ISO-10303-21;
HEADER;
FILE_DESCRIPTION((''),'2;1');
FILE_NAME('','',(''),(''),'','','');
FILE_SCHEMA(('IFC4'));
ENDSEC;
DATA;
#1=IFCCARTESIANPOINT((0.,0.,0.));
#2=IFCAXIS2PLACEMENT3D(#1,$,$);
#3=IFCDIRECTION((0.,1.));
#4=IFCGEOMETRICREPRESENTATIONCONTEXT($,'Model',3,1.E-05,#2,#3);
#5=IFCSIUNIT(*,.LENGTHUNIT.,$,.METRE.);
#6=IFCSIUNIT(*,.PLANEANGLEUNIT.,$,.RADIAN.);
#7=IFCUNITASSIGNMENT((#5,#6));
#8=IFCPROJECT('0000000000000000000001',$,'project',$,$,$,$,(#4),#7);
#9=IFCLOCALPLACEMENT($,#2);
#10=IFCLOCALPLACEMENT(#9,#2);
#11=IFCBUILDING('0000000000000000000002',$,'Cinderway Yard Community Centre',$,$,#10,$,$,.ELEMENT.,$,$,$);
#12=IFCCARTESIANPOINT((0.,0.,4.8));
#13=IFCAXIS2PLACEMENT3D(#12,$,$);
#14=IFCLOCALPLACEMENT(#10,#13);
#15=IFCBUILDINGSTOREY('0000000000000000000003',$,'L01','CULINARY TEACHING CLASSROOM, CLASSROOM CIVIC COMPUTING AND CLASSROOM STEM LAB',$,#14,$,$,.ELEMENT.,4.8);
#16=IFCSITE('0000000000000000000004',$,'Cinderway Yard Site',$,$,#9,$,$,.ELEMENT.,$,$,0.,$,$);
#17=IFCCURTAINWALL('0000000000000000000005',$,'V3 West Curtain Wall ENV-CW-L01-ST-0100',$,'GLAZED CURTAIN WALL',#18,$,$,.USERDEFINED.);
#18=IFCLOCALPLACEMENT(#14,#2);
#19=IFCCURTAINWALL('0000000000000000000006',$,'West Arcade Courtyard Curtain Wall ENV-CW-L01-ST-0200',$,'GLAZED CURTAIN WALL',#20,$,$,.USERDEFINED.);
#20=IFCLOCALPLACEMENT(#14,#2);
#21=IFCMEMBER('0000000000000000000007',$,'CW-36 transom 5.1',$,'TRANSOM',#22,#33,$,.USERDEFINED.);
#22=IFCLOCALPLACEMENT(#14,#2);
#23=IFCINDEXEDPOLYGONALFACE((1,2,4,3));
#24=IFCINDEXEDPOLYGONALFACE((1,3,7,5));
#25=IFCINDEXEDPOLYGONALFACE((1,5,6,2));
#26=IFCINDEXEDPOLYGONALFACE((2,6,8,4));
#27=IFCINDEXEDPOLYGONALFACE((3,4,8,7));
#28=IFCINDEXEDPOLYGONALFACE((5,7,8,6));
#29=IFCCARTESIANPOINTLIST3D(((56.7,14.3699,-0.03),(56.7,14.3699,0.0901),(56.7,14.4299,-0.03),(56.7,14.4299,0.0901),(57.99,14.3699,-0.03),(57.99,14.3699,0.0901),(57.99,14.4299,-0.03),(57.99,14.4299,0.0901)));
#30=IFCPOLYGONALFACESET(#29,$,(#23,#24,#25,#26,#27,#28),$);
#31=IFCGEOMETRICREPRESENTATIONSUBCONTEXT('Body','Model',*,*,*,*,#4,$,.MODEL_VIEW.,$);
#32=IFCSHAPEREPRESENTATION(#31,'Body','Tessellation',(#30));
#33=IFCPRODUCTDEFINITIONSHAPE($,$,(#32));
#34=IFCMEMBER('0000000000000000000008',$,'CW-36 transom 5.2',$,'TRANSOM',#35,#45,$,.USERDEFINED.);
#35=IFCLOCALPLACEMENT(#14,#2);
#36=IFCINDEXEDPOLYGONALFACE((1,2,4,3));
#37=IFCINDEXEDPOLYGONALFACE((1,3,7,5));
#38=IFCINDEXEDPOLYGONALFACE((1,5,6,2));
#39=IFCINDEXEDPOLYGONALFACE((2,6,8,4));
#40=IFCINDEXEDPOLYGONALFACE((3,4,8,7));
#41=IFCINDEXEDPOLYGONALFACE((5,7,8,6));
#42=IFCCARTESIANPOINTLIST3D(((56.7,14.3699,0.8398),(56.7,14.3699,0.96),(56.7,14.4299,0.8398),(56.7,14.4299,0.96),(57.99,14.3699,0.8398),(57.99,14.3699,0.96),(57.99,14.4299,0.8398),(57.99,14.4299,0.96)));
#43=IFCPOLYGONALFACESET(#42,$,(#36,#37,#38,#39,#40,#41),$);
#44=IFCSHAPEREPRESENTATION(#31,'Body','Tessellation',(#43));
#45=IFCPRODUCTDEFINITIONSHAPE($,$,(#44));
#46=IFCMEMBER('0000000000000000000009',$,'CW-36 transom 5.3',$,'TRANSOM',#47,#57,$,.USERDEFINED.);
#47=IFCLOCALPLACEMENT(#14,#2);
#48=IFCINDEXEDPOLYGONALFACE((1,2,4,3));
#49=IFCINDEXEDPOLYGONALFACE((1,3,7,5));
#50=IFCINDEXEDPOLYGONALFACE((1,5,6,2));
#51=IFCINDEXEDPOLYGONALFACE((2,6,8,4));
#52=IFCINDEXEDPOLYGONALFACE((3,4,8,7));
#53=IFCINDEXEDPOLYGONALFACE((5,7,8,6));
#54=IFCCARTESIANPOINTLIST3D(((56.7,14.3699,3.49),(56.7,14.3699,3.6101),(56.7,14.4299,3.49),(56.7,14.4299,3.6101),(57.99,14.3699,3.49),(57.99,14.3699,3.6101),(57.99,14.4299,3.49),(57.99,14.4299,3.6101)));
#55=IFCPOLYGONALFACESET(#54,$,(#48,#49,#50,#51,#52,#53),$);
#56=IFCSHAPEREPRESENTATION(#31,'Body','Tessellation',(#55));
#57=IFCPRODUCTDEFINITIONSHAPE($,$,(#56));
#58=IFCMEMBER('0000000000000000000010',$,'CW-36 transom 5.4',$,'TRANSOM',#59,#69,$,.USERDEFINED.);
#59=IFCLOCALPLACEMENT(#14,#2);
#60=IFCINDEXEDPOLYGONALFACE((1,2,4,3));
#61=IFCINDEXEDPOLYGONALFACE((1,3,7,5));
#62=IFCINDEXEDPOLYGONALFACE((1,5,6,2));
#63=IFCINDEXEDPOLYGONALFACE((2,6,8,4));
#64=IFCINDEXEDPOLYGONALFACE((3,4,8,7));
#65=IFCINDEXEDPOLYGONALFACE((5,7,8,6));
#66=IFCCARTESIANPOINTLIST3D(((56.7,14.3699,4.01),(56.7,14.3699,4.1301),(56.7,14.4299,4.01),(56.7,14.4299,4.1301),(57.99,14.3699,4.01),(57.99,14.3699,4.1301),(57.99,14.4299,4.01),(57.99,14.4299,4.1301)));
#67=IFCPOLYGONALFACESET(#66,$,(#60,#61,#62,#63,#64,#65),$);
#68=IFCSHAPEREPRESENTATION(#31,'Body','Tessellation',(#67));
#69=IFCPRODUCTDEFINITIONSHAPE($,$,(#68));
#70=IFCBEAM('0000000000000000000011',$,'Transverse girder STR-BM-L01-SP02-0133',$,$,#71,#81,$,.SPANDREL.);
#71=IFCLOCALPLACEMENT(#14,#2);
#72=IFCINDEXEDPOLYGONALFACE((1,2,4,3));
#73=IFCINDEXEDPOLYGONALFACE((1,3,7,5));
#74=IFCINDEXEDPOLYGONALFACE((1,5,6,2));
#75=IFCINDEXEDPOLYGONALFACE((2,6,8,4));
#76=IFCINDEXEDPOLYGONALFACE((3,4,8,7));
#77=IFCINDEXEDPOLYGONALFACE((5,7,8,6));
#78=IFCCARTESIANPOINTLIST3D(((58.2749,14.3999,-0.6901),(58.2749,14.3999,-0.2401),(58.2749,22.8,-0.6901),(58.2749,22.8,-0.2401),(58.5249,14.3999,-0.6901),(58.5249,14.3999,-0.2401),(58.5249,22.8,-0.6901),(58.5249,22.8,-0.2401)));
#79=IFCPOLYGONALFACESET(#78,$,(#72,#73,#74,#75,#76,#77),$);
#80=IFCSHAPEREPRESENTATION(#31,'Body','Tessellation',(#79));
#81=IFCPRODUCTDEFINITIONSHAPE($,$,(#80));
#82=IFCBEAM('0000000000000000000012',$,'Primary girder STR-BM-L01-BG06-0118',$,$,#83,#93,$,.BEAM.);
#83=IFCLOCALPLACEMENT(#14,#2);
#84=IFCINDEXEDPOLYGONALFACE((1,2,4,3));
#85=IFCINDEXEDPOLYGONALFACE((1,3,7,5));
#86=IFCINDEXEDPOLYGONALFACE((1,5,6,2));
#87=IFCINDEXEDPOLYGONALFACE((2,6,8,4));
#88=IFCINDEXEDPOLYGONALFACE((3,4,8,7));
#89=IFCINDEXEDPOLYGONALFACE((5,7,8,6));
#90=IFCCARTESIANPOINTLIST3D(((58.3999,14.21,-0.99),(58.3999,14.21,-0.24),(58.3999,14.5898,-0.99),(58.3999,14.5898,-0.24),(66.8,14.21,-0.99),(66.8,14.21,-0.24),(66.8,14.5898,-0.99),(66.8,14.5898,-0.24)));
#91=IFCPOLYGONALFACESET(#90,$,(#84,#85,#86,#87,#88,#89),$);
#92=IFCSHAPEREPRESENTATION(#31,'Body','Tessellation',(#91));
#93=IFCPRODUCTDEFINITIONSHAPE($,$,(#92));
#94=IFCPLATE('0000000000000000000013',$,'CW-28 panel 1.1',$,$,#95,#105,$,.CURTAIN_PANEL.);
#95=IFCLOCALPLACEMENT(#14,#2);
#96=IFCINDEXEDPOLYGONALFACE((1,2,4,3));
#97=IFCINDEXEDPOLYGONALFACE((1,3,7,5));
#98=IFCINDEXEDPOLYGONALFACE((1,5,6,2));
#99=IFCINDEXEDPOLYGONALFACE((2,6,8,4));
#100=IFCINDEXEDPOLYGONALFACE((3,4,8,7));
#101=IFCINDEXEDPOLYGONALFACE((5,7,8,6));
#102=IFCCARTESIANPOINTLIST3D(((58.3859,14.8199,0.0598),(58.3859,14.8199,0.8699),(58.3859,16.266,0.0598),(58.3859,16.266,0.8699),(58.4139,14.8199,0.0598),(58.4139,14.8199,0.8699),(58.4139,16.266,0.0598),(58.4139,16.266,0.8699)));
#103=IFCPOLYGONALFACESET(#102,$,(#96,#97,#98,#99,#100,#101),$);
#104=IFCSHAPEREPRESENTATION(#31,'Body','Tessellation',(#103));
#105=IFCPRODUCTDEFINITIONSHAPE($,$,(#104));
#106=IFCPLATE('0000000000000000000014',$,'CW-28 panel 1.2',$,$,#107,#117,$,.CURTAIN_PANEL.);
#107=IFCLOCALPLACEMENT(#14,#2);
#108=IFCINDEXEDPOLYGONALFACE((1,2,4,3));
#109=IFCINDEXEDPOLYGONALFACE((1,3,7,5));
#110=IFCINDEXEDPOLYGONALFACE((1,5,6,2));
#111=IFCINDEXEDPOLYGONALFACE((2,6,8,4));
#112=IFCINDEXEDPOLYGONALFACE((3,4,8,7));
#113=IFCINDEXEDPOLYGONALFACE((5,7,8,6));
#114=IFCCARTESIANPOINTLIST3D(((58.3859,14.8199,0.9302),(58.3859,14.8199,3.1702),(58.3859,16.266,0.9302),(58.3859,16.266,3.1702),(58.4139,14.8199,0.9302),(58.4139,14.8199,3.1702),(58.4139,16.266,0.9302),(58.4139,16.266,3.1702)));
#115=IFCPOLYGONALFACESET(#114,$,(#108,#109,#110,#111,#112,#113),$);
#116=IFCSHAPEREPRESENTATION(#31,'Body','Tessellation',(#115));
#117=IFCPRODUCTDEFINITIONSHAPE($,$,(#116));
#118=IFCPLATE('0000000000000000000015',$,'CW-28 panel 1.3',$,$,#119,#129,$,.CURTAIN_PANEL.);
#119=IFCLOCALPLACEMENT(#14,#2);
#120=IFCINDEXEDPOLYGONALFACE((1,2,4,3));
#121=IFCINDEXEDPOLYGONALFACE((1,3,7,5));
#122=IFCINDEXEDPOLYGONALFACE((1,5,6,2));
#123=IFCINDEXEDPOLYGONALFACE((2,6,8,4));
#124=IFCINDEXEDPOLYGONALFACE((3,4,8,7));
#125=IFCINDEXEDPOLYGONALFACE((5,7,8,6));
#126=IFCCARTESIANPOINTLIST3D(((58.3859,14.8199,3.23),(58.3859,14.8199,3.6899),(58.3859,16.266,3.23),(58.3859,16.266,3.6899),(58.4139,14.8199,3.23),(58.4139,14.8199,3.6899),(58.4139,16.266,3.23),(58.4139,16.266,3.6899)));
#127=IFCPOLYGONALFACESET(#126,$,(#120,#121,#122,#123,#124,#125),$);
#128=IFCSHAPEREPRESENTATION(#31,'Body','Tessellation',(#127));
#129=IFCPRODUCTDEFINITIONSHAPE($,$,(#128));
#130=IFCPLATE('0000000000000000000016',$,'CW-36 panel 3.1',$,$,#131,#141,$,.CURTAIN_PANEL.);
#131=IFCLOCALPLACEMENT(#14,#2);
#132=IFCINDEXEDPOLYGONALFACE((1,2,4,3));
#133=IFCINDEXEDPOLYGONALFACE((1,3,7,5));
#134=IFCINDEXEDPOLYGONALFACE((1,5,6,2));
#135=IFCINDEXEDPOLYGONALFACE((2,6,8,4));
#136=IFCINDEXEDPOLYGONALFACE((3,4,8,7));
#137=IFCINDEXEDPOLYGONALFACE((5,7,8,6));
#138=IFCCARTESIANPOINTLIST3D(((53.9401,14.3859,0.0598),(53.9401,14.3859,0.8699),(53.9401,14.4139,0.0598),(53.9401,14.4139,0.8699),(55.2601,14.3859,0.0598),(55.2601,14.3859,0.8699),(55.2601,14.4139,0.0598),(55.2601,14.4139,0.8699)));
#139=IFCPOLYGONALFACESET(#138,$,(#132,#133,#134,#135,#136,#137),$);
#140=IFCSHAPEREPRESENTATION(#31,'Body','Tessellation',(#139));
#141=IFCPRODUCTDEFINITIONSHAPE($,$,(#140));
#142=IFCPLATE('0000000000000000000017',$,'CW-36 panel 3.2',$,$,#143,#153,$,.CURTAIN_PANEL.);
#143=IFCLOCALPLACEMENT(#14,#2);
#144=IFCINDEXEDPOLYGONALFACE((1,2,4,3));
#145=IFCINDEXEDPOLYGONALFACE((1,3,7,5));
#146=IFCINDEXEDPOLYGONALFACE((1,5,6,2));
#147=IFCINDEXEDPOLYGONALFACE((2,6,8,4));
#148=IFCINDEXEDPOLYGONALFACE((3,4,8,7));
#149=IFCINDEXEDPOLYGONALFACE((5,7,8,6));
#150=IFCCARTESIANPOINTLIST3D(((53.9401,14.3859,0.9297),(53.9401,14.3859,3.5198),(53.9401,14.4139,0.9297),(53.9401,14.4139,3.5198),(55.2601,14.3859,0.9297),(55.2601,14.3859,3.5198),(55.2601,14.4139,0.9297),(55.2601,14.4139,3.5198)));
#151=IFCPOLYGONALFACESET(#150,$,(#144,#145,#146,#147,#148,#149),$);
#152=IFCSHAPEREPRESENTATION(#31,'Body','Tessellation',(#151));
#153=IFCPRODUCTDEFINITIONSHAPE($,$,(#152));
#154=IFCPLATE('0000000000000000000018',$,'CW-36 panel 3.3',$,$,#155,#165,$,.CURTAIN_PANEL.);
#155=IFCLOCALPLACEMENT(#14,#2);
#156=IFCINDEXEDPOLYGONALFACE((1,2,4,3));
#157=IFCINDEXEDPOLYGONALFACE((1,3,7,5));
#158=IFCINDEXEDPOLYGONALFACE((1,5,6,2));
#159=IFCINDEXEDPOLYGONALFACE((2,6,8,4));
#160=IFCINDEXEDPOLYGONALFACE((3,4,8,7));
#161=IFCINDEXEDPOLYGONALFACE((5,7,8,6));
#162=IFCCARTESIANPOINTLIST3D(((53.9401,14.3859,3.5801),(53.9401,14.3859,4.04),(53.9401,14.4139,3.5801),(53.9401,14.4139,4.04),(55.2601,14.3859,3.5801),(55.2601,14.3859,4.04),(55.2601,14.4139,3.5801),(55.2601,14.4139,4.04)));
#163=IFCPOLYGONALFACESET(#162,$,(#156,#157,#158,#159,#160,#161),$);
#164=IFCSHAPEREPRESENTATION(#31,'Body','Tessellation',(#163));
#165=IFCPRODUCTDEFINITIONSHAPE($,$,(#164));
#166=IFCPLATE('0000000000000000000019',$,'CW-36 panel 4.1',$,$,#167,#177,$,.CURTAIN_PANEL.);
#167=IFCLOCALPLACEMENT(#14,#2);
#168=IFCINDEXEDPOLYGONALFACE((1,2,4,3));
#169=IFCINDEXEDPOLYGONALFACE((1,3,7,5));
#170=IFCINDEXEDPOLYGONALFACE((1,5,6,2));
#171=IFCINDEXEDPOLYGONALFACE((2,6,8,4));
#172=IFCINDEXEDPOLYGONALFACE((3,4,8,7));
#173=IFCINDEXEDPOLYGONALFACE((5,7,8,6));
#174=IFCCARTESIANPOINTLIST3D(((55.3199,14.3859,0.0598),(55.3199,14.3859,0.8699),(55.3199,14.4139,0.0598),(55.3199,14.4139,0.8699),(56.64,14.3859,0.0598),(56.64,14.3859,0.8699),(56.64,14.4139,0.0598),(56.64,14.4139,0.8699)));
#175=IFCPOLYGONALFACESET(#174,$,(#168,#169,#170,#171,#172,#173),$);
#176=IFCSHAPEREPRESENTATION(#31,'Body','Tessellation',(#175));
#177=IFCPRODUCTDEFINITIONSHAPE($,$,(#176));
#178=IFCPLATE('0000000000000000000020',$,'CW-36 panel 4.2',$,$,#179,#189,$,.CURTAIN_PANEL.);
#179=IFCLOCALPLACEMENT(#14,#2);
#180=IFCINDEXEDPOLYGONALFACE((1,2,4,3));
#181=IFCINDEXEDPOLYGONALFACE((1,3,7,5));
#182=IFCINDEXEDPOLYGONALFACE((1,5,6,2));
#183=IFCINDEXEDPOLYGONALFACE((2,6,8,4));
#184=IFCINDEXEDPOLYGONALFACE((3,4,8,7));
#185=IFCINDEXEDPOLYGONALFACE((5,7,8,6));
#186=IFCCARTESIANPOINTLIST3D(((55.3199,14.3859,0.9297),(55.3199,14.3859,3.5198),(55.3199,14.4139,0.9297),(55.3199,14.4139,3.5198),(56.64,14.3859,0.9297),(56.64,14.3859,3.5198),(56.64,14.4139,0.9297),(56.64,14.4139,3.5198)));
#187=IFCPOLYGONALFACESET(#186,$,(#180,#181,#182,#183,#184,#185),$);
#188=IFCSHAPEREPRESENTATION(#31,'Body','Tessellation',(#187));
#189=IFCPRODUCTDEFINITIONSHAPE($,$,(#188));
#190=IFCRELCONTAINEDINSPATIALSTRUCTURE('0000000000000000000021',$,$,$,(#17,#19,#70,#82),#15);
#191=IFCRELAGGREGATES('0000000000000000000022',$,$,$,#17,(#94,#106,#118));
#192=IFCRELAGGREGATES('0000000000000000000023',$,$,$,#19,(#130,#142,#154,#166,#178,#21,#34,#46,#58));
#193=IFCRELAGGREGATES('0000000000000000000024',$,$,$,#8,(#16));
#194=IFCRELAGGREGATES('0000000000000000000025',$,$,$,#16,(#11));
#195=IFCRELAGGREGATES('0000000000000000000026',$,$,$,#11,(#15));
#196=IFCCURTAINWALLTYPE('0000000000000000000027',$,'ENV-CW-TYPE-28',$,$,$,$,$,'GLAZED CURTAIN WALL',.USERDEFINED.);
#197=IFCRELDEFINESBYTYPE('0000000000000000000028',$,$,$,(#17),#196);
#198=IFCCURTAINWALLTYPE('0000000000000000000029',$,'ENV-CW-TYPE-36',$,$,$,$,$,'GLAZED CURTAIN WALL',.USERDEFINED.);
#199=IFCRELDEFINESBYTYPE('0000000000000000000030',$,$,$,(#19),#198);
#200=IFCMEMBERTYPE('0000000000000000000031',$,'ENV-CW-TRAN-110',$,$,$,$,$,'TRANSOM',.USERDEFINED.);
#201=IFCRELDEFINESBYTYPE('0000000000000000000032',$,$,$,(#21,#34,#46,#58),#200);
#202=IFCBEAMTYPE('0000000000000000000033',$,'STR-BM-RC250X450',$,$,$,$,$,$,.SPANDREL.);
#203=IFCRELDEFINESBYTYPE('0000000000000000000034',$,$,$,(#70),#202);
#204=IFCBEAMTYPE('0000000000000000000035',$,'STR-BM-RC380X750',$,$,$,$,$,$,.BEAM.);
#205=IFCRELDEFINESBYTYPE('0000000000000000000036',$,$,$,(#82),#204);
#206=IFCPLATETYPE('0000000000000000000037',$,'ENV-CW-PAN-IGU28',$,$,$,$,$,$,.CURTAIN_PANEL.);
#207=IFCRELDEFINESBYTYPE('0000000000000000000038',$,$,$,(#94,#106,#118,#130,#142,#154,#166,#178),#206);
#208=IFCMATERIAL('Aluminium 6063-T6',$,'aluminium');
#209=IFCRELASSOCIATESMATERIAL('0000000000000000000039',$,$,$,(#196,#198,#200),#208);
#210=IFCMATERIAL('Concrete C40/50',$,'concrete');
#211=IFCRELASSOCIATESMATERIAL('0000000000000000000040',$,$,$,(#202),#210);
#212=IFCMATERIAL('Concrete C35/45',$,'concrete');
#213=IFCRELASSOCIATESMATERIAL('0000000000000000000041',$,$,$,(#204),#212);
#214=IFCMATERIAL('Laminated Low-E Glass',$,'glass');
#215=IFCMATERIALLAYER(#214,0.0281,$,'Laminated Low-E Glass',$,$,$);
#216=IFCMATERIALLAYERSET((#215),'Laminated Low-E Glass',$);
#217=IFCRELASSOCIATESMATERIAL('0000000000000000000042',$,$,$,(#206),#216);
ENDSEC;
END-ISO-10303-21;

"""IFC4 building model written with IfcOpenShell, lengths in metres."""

from ifc_helpers import new_model, si_unit, direction, frame, origin, origin_2d, place, context, subcontext, project, spatial, rectangle, extrude, material, layer, layer_set, material_profile, profile_set, type_object, element, aggregate, save


model = new_model("IFC4")

# Units and contexts
model_context = context("Model", 3, precision=1e-05, world=origin(), true_north=direction((0.0, 1.0)))
body_context = subcontext(model_context, "Body", "Model", "MODEL_VIEW")
ifc_project = project(units=[si_unit("LENGTHUNIT", "METRE"), si_unit("PLANEANGLEUNIT", "RADIAN")], contexts=[model_context])

# Site, building, storey
site_placement = place(None, origin())
site = spatial("IfcSite", under=ifc_project, at=site_placement, Name="Cinderway Yard Site", CompositionType="ELEMENT", RefElevation=0.0)
building_placement = place(site_placement, origin())
building = spatial("IfcBuilding", under=site, at=building_placement, Name="Cinderway Yard Community Centre", CompositionType="ELEMENT")
storey_placement = place(building_placement, frame((0.0, 0.0, 4.8)))
storey = spatial("IfcBuildingStorey", under=building, at=storey_placement, Name="L01", Description="CULINARY TEACHING CLASSROOM, CLASSROOM CIVIC COMPUTING AND CLASSROOM STEM LAB", CompositionType="ELEMENT", Elevation=4.8)

# Shared definitions
ifc_material_1 = material(Name="Concrete C40/50", Category="concrete")

# Curtain wall
ifc_material_2 = material(Name="Aluminium 6063-T6", Category="aluminium")
curtain_wall_type_1 = type_object("IfcCurtainWallType", Name="ENV-CW-TYPE-28", ElementType="GLAZED CURTAIN WALL", PredefinedType="USERDEFINED", material=ifc_material_2)
curtain_wall_1_placement = place(storey_placement, origin())
curtain_wall_1 = element("IfcCurtainWall", 1, at=curtain_wall_1_placement, inside=storey, type_object=curtain_wall_type_1, Name="V3 West Curtain Wall ENV-CW-L01-ST-0100", ObjectType="GLAZED CURTAIN WALL", PredefinedType="USERDEFINED")

# Curtain wall
curtain_wall_type_2 = type_object("IfcCurtainWallType", Name="ENV-CW-TYPE-36", ElementType="GLAZED CURTAIN WALL", PredefinedType="USERDEFINED", material=ifc_material_2)
curtain_wall_2_placement = place(storey_placement, origin())
curtain_wall_2 = element("IfcCurtainWall", 2, at=curtain_wall_2_placement, inside=storey, type_object=curtain_wall_type_2, Name="West Arcade Courtyard Curtain Wall ENV-CW-L01-ST-0200", ObjectType="GLAZED CURTAIN WALL", PredefinedType="USERDEFINED")

# Members
ifc_material_profile_1 = material_profile(ifc_material_2, rectangle(XDim=0.0601, YDim=0.1201, at=origin_2d()), Name="Aluminium 6063-T6")
ifc_profile_set_1 = profile_set([ifc_material_profile_1], Name="Aluminium 6063-T6")
member_type_1 = type_object("IfcMemberType", Name="ENV-CW-TRAN-110", ElementType="TRANSOM", PredefinedType="USERDEFINED", material=ifc_profile_set_1)
member_1_placement = place(storey_placement, frame((56.7, 14.3999, 0.03), z_axis=(1.0, 0.0, 0.0), x_axis=(0.0, 1.0, 0.0)))
member_1 = element("IfcMember", 3, at=member_1_placement, type_object=member_type_1, Name="CW-36 transom 5.1", ObjectType="TRANSOM", PredefinedType="USERDEFINED", context=body_context, shape_type="SweptSolid", body=[
    extrude(rectangle(XDim=0.0601, YDim=0.1201, at=origin_2d()), origin(), (0.0, 0.0, 1.0), 1.29),
])
member_2_placement = place(storey_placement, frame((56.7, 14.3999, 0.8999), z_axis=(1.0, 0.0, 0.0), x_axis=(0.0, 1.0, 0.0)))
member_2 = element("IfcMember", 4, at=member_2_placement, type_object=member_type_1, Name="CW-36 transom 5.2", ObjectType="TRANSOM", PredefinedType="USERDEFINED", context=body_context, shape_type="SweptSolid", body=[
    extrude(rectangle(XDim=0.0601, YDim=0.1201, at=origin_2d()), origin(), (0.0, 0.0, 1.0), 1.29),
])
member_3_placement = place(storey_placement, frame((56.7, 14.3999, 3.55), z_axis=(1.0, 0.0, 0.0), x_axis=(0.0, 1.0, 0.0)))
member_3 = element("IfcMember", 5, at=member_3_placement, type_object=member_type_1, Name="CW-36 transom 5.3", ObjectType="TRANSOM", PredefinedType="USERDEFINED", context=body_context, shape_type="SweptSolid", body=[
    extrude(rectangle(XDim=0.0601, YDim=0.1201, at=origin_2d()), origin(), (0.0, 0.0, 1.0), 1.29),
])
member_4_placement = place(storey_placement, frame((56.7, 14.3999, 4.0701), z_axis=(1.0, 0.0, 0.0), x_axis=(0.0, 1.0, 0.0)))
member_4 = element("IfcMember", 6, at=member_4_placement, type_object=member_type_1, Name="CW-36 transom 5.4", ObjectType="TRANSOM", PredefinedType="USERDEFINED", context=body_context, shape_type="SweptSolid", body=[
    extrude(rectangle(XDim=0.0601, YDim=0.1201, at=origin_2d()), origin(), (0.0, 0.0, 1.0), 1.29),
])

# Beams
ifc_material_profile_2 = material_profile(ifc_material_1, rectangle(XDim=0.25, YDim=0.45, at=origin_2d()), Name="Concrete C40/50")
ifc_profile_set_2 = profile_set([ifc_material_profile_2], Name="Concrete C40/50")
beam_type_1 = type_object("IfcBeamType", Name="STR-BM-RC250X450", PredefinedType="SPANDREL", material=ifc_profile_set_2)
beam_1_placement = place(storey_placement, frame((58.3999, 14.3999, -0.4651), z_axis=(0.0, 1.0, 0.0), x_axis=(-1.0, 0.0, 0.0)))
element("IfcBeam", 7, at=beam_1_placement, inside=storey, type_object=beam_type_1, Name="Transverse girder STR-BM-L01-SP02-0133", PredefinedType="SPANDREL", context=body_context, shape_type="SweptSolid", body=[
    extrude(rectangle(XDim=0.25, YDim=0.45, at=origin_2d()), origin(), (0.0, 0.0, 1.0), 8.4001),
])
ifc_material_3 = material(Name="Concrete C35/45", Category="concrete")
ifc_material_profile_3 = material_profile(ifc_material_3, rectangle(XDim=0.3799, YDim=0.75, at=origin_2d()), Name="Concrete C35/45")
ifc_profile_set_3 = profile_set([ifc_material_profile_3], Name="Concrete C35/45")
beam_type_2 = type_object("IfcBeamType", Name="STR-BM-RC380X750", PredefinedType="BEAM", material=ifc_profile_set_3)
beam_2_placement = place(storey_placement, frame((58.3999, 14.3999, -0.615), z_axis=(1.0, 0.0, 0.0), x_axis=(0.0, 1.0, 0.0)))
element("IfcBeam", 8, at=beam_2_placement, inside=storey, type_object=beam_type_2, Name="Primary girder STR-BM-L01-BG06-0118", PredefinedType="BEAM", context=body_context, shape_type="SweptSolid", body=[
    extrude(rectangle(XDim=0.3799, YDim=0.75, at=origin_2d()), origin(), (0.0, 0.0, 1.0), 8.4001),
])

# Plates
ifc_material_4 = material(Name="Laminated Low-E Glass", Category="glass")
ifc_layer = layer(ifc_material_4, 0.0281, Name="Laminated Low-E Glass")
ifc_layer_set = layer_set([ifc_layer], Name="Laminated Low-E Glass")
plate_type = type_object("IfcPlateType", Name="ENV-CW-PAN-IGU28", PredefinedType="CURTAIN_PANEL", material=ifc_layer_set)
plate_1_placement = place(storey_placement, frame((58.3999, 15.543, 0.0598), z_axis=(0.0, 0.0, 1.0), x_axis=(0.0, 1.0, 0.0)))
plate_1 = element("IfcPlate", 9, at=plate_1_placement, type_object=plate_type, Name="CW-28 panel 1.1", PredefinedType="CURTAIN_PANEL", context=body_context, shape_type="SweptSolid", body=[
    extrude(rectangle(XDim=1.446, YDim=0.0281, at=origin_2d()), origin(), (0.0, 0.0, 1.0), 0.8101),
])
plate_2_placement = place(storey_placement, frame((58.3999, 15.543, 0.9302), z_axis=(0.0, 0.0, 1.0), x_axis=(0.0, 1.0, 0.0)))
plate_2 = element("IfcPlate", 10, at=plate_2_placement, type_object=plate_type, Name="CW-28 panel 1.2", PredefinedType="CURTAIN_PANEL", context=body_context, shape_type="SweptSolid", body=[
    extrude(rectangle(XDim=1.446, YDim=0.0281, at=origin_2d()), origin(), (0.0, 0.0, 1.0), 2.24),
])
plate_3_placement = place(storey_placement, frame((58.3999, 15.543, 3.23), z_axis=(0.0, 0.0, 1.0), x_axis=(0.0, 1.0, 0.0)))
plate_3 = element("IfcPlate", 11, at=plate_3_placement, type_object=plate_type, Name="CW-28 panel 1.3", PredefinedType="CURTAIN_PANEL", context=body_context, shape_type="SweptSolid", body=[
    extrude(rectangle(XDim=1.446, YDim=0.0281, at=origin_2d()), origin(), (0.0, 0.0, 1.0), 0.46),
])
aggregate(curtain_wall_1, [plate_1, plate_2, plate_3])
plate_4_placement = place(storey_placement, frame((54.6001, 14.3999, 0.0598), z_axis=(0.0, 0.0, 1.0), x_axis=(1.0, 0.0, 0.0)))
plate_4 = element("IfcPlate", 12, at=plate_4_placement, type_object=plate_type, Name="CW-36 panel 3.1", PredefinedType="CURTAIN_PANEL", context=body_context, shape_type="SweptSolid", body=[
    extrude(rectangle(XDim=1.3201, YDim=0.0281, at=origin_2d()), origin(), (0.0, 0.0, 1.0), 0.8101),
])
plate_5_placement = place(storey_placement, frame((54.6001, 14.3999, 0.9297), z_axis=(0.0, 0.0, 1.0), x_axis=(1.0, 0.0, 0.0)))
plate_5 = element("IfcPlate", 13, at=plate_5_placement, type_object=plate_type, Name="CW-36 panel 3.2", PredefinedType="CURTAIN_PANEL", context=body_context, shape_type="SweptSolid", body=[
    extrude(rectangle(XDim=1.3201, YDim=0.0281, at=origin_2d()), origin(), (0.0, 0.0, 1.0), 2.5901),
])
plate_6_placement = place(storey_placement, frame((54.6001, 14.3999, 3.5801), z_axis=(0.0, 0.0, 1.0), x_axis=(1.0, 0.0, 0.0)))
plate_6 = element("IfcPlate", 14, at=plate_6_placement, type_object=plate_type, Name="CW-36 panel 3.3", PredefinedType="CURTAIN_PANEL", context=body_context, shape_type="SweptSolid", body=[
    extrude(rectangle(XDim=1.3201, YDim=0.0281, at=origin_2d()), origin(), (0.0, 0.0, 1.0), 0.46),
])
plate_7_placement = place(storey_placement, frame((55.98, 14.3999, 0.0598), z_axis=(0.0, 0.0, 1.0), x_axis=(1.0, 0.0, 0.0)))
plate_7 = element("IfcPlate", 15, at=plate_7_placement, type_object=plate_type, Name="CW-36 panel 4.1", PredefinedType="CURTAIN_PANEL", context=body_context, shape_type="SweptSolid", body=[
    extrude(rectangle(XDim=1.3201, YDim=0.0281, at=origin_2d()), origin(), (0.0, 0.0, 1.0), 0.8101),
])
plate_8_placement = place(storey_placement, frame((55.98, 14.3999, 0.9297), z_axis=(0.0, 0.0, 1.0), x_axis=(1.0, 0.0, 0.0)))
plate_8 = element("IfcPlate", 16, at=plate_8_placement, type_object=plate_type, Name="CW-36 panel 4.2", PredefinedType="CURTAIN_PANEL", context=body_context, shape_type="SweptSolid", body=[
    extrude(rectangle(XDim=1.3201, YDim=0.0281, at=origin_2d()), origin(), (0.0, 0.0, 1.0), 2.5901),
])
aggregate(curtain_wall_2, [plate_4, plate_5, plate_6, plate_7, plate_8, member_1, member_2, member_3, member_4])

save(model, "model.ifc")
